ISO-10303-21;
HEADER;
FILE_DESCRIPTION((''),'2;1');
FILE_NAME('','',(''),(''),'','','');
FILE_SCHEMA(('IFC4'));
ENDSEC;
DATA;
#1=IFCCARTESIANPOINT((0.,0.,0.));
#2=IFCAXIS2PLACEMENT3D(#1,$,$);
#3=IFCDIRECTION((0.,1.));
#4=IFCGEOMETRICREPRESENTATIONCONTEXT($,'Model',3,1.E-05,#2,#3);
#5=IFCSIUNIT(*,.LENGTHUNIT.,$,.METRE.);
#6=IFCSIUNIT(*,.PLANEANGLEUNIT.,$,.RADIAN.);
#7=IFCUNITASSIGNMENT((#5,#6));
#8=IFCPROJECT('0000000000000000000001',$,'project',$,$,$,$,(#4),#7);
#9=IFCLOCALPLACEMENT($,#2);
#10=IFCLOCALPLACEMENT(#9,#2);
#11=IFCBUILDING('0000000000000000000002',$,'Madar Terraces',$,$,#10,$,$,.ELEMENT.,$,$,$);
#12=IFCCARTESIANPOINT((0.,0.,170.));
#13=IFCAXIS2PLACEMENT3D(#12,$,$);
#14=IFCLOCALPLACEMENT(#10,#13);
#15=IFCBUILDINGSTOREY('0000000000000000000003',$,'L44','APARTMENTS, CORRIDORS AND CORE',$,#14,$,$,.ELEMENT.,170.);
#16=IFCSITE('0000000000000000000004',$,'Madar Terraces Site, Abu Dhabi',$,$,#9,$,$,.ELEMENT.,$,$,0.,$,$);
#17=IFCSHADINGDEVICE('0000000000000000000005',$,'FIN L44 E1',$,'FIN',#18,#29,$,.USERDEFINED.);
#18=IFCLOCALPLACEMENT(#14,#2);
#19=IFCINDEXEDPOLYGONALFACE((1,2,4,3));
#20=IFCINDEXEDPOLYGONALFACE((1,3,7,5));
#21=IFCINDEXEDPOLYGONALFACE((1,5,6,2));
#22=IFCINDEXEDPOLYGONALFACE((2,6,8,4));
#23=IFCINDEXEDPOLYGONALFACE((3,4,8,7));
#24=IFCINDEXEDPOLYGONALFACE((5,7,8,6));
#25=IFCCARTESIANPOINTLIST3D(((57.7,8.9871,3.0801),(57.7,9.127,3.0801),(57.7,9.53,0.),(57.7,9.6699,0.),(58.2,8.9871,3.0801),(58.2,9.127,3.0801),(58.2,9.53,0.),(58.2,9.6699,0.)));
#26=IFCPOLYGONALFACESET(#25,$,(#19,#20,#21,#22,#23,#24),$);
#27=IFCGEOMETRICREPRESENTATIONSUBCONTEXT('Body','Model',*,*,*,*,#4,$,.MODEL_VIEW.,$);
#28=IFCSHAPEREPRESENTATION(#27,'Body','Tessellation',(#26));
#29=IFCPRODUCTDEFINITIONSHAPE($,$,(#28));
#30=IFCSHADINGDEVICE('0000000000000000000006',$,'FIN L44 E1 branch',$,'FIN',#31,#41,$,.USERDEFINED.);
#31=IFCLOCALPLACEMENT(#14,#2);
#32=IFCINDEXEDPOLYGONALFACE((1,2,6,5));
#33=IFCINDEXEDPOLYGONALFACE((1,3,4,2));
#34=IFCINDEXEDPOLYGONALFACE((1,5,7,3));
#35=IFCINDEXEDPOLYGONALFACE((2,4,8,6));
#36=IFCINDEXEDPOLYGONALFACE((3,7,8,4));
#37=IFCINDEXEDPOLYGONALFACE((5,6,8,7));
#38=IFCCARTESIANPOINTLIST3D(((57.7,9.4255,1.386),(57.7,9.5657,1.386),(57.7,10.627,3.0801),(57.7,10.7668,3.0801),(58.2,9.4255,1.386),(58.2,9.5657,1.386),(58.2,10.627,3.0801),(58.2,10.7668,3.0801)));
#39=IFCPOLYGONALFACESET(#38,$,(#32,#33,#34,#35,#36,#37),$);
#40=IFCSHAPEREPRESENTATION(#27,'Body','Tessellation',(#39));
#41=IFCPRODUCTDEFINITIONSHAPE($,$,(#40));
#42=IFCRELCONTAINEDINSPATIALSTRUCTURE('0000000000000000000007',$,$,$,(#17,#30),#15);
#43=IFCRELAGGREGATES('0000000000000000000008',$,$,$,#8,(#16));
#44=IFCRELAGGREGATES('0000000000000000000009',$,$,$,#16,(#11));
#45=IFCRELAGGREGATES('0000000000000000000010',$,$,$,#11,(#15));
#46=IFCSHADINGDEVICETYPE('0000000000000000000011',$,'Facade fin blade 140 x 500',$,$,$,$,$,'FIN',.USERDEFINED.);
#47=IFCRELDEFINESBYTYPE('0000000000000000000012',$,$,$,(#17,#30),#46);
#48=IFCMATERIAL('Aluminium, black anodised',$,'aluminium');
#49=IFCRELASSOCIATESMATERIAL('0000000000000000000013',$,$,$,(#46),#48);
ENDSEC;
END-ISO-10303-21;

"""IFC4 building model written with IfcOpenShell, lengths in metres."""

from ifc_helpers import new_model, si_unit, direction, frame, origin, place, context, subcontext, project, spatial, polyline, outline, extrude, material, type_object, element, save


model = new_model("IFC4")

# Units and contexts
model_context = context("Model", 3, precision=1e-05, world=origin(), true_north=direction((0.0, 1.0)))
body_context = subcontext(model_context, "Body", "Model", "MODEL_VIEW")
ifc_project = project(units=[si_unit("LENGTHUNIT", "METRE"), si_unit("PLANEANGLEUNIT", "RADIAN")], contexts=[model_context])

# Site, building, storey
site_placement = place(None, origin())
site = spatial("IfcSite", under=ifc_project, at=site_placement, Name="Madar Terraces Site, Abu Dhabi", CompositionType="ELEMENT", RefElevation=0.0)
building_placement = place(site_placement, origin())
building = spatial("IfcBuilding", under=site, at=building_placement, Name="Madar Terraces", CompositionType="ELEMENT")
storey_placement = place(building_placement, frame((0.0, 0.0, 170.0)))
storey = spatial("IfcBuildingStorey", under=building, at=storey_placement, Name="L44", Description="APARTMENTS, CORRIDORS AND CORE", CompositionType="ELEMENT", Elevation=170.0)

# Shading devices
ifc_material_1 = material(Name="Aluminium, black anodised", Category="aluminium")
shading_device_type = type_object("IfcShadingDeviceType", Name="Facade fin blade 140 x 500", ElementType="FIN", PredefinedType="USERDEFINED", material=ifc_material_1)
shading_device_1_placement = place(storey_placement, frame((57.95, 9.53, 0.0), z_axis=(0.0, 0.0, 1.0), x_axis=(0.0, 1.0, 0.0)))
element("IfcShadingDevice", 1, at=shading_device_1_placement, inside=storey, type_object=shading_device_type, Name="FIN L44 E1", ObjectType="FIN", PredefinedType="USERDEFINED", context=body_context, shape_type="SweptSolid", body=[
    extrude(outline(polyline([(0.0, 0.0), (0.1399, 0.0), (-0.4031, 3.0801), (-0.543, 3.0801), (0.0, 0.0)])), frame((0.0, 0.25, 0.0), z_axis=(0.0, -1.0, 0.0), x_axis=(1.0, 0.0, 0.0)), (0.0, 0.0, 1.0), 0.5),
])
shading_device_2_placement = place(storey_placement, frame((57.95, 9.4255, 1.386), z_axis=(0.0, 0.0, 1.0), x_axis=(0.0, 1.0, 0.0)))
element("IfcShadingDevice", 2, at=shading_device_2_placement, inside=storey, type_object=shading_device_type, Name="FIN L44 E1 branch", ObjectType="FIN", PredefinedType="USERDEFINED", context=body_context, shape_type="SweptSolid", body=[
    extrude(outline(polyline([(0.0, 0.0), (0.1401, 0.0), (1.3413, 1.6941), (1.2014, 1.6941), (0.0, 0.0)])), frame((0.0, 0.25, 0.0), z_axis=(0.0, -1.0, 0.0), x_axis=(1.0, 0.0, 0.0)), (0.0, 0.0, 1.0), 0.5),
])

save(model, "model.ifc")
